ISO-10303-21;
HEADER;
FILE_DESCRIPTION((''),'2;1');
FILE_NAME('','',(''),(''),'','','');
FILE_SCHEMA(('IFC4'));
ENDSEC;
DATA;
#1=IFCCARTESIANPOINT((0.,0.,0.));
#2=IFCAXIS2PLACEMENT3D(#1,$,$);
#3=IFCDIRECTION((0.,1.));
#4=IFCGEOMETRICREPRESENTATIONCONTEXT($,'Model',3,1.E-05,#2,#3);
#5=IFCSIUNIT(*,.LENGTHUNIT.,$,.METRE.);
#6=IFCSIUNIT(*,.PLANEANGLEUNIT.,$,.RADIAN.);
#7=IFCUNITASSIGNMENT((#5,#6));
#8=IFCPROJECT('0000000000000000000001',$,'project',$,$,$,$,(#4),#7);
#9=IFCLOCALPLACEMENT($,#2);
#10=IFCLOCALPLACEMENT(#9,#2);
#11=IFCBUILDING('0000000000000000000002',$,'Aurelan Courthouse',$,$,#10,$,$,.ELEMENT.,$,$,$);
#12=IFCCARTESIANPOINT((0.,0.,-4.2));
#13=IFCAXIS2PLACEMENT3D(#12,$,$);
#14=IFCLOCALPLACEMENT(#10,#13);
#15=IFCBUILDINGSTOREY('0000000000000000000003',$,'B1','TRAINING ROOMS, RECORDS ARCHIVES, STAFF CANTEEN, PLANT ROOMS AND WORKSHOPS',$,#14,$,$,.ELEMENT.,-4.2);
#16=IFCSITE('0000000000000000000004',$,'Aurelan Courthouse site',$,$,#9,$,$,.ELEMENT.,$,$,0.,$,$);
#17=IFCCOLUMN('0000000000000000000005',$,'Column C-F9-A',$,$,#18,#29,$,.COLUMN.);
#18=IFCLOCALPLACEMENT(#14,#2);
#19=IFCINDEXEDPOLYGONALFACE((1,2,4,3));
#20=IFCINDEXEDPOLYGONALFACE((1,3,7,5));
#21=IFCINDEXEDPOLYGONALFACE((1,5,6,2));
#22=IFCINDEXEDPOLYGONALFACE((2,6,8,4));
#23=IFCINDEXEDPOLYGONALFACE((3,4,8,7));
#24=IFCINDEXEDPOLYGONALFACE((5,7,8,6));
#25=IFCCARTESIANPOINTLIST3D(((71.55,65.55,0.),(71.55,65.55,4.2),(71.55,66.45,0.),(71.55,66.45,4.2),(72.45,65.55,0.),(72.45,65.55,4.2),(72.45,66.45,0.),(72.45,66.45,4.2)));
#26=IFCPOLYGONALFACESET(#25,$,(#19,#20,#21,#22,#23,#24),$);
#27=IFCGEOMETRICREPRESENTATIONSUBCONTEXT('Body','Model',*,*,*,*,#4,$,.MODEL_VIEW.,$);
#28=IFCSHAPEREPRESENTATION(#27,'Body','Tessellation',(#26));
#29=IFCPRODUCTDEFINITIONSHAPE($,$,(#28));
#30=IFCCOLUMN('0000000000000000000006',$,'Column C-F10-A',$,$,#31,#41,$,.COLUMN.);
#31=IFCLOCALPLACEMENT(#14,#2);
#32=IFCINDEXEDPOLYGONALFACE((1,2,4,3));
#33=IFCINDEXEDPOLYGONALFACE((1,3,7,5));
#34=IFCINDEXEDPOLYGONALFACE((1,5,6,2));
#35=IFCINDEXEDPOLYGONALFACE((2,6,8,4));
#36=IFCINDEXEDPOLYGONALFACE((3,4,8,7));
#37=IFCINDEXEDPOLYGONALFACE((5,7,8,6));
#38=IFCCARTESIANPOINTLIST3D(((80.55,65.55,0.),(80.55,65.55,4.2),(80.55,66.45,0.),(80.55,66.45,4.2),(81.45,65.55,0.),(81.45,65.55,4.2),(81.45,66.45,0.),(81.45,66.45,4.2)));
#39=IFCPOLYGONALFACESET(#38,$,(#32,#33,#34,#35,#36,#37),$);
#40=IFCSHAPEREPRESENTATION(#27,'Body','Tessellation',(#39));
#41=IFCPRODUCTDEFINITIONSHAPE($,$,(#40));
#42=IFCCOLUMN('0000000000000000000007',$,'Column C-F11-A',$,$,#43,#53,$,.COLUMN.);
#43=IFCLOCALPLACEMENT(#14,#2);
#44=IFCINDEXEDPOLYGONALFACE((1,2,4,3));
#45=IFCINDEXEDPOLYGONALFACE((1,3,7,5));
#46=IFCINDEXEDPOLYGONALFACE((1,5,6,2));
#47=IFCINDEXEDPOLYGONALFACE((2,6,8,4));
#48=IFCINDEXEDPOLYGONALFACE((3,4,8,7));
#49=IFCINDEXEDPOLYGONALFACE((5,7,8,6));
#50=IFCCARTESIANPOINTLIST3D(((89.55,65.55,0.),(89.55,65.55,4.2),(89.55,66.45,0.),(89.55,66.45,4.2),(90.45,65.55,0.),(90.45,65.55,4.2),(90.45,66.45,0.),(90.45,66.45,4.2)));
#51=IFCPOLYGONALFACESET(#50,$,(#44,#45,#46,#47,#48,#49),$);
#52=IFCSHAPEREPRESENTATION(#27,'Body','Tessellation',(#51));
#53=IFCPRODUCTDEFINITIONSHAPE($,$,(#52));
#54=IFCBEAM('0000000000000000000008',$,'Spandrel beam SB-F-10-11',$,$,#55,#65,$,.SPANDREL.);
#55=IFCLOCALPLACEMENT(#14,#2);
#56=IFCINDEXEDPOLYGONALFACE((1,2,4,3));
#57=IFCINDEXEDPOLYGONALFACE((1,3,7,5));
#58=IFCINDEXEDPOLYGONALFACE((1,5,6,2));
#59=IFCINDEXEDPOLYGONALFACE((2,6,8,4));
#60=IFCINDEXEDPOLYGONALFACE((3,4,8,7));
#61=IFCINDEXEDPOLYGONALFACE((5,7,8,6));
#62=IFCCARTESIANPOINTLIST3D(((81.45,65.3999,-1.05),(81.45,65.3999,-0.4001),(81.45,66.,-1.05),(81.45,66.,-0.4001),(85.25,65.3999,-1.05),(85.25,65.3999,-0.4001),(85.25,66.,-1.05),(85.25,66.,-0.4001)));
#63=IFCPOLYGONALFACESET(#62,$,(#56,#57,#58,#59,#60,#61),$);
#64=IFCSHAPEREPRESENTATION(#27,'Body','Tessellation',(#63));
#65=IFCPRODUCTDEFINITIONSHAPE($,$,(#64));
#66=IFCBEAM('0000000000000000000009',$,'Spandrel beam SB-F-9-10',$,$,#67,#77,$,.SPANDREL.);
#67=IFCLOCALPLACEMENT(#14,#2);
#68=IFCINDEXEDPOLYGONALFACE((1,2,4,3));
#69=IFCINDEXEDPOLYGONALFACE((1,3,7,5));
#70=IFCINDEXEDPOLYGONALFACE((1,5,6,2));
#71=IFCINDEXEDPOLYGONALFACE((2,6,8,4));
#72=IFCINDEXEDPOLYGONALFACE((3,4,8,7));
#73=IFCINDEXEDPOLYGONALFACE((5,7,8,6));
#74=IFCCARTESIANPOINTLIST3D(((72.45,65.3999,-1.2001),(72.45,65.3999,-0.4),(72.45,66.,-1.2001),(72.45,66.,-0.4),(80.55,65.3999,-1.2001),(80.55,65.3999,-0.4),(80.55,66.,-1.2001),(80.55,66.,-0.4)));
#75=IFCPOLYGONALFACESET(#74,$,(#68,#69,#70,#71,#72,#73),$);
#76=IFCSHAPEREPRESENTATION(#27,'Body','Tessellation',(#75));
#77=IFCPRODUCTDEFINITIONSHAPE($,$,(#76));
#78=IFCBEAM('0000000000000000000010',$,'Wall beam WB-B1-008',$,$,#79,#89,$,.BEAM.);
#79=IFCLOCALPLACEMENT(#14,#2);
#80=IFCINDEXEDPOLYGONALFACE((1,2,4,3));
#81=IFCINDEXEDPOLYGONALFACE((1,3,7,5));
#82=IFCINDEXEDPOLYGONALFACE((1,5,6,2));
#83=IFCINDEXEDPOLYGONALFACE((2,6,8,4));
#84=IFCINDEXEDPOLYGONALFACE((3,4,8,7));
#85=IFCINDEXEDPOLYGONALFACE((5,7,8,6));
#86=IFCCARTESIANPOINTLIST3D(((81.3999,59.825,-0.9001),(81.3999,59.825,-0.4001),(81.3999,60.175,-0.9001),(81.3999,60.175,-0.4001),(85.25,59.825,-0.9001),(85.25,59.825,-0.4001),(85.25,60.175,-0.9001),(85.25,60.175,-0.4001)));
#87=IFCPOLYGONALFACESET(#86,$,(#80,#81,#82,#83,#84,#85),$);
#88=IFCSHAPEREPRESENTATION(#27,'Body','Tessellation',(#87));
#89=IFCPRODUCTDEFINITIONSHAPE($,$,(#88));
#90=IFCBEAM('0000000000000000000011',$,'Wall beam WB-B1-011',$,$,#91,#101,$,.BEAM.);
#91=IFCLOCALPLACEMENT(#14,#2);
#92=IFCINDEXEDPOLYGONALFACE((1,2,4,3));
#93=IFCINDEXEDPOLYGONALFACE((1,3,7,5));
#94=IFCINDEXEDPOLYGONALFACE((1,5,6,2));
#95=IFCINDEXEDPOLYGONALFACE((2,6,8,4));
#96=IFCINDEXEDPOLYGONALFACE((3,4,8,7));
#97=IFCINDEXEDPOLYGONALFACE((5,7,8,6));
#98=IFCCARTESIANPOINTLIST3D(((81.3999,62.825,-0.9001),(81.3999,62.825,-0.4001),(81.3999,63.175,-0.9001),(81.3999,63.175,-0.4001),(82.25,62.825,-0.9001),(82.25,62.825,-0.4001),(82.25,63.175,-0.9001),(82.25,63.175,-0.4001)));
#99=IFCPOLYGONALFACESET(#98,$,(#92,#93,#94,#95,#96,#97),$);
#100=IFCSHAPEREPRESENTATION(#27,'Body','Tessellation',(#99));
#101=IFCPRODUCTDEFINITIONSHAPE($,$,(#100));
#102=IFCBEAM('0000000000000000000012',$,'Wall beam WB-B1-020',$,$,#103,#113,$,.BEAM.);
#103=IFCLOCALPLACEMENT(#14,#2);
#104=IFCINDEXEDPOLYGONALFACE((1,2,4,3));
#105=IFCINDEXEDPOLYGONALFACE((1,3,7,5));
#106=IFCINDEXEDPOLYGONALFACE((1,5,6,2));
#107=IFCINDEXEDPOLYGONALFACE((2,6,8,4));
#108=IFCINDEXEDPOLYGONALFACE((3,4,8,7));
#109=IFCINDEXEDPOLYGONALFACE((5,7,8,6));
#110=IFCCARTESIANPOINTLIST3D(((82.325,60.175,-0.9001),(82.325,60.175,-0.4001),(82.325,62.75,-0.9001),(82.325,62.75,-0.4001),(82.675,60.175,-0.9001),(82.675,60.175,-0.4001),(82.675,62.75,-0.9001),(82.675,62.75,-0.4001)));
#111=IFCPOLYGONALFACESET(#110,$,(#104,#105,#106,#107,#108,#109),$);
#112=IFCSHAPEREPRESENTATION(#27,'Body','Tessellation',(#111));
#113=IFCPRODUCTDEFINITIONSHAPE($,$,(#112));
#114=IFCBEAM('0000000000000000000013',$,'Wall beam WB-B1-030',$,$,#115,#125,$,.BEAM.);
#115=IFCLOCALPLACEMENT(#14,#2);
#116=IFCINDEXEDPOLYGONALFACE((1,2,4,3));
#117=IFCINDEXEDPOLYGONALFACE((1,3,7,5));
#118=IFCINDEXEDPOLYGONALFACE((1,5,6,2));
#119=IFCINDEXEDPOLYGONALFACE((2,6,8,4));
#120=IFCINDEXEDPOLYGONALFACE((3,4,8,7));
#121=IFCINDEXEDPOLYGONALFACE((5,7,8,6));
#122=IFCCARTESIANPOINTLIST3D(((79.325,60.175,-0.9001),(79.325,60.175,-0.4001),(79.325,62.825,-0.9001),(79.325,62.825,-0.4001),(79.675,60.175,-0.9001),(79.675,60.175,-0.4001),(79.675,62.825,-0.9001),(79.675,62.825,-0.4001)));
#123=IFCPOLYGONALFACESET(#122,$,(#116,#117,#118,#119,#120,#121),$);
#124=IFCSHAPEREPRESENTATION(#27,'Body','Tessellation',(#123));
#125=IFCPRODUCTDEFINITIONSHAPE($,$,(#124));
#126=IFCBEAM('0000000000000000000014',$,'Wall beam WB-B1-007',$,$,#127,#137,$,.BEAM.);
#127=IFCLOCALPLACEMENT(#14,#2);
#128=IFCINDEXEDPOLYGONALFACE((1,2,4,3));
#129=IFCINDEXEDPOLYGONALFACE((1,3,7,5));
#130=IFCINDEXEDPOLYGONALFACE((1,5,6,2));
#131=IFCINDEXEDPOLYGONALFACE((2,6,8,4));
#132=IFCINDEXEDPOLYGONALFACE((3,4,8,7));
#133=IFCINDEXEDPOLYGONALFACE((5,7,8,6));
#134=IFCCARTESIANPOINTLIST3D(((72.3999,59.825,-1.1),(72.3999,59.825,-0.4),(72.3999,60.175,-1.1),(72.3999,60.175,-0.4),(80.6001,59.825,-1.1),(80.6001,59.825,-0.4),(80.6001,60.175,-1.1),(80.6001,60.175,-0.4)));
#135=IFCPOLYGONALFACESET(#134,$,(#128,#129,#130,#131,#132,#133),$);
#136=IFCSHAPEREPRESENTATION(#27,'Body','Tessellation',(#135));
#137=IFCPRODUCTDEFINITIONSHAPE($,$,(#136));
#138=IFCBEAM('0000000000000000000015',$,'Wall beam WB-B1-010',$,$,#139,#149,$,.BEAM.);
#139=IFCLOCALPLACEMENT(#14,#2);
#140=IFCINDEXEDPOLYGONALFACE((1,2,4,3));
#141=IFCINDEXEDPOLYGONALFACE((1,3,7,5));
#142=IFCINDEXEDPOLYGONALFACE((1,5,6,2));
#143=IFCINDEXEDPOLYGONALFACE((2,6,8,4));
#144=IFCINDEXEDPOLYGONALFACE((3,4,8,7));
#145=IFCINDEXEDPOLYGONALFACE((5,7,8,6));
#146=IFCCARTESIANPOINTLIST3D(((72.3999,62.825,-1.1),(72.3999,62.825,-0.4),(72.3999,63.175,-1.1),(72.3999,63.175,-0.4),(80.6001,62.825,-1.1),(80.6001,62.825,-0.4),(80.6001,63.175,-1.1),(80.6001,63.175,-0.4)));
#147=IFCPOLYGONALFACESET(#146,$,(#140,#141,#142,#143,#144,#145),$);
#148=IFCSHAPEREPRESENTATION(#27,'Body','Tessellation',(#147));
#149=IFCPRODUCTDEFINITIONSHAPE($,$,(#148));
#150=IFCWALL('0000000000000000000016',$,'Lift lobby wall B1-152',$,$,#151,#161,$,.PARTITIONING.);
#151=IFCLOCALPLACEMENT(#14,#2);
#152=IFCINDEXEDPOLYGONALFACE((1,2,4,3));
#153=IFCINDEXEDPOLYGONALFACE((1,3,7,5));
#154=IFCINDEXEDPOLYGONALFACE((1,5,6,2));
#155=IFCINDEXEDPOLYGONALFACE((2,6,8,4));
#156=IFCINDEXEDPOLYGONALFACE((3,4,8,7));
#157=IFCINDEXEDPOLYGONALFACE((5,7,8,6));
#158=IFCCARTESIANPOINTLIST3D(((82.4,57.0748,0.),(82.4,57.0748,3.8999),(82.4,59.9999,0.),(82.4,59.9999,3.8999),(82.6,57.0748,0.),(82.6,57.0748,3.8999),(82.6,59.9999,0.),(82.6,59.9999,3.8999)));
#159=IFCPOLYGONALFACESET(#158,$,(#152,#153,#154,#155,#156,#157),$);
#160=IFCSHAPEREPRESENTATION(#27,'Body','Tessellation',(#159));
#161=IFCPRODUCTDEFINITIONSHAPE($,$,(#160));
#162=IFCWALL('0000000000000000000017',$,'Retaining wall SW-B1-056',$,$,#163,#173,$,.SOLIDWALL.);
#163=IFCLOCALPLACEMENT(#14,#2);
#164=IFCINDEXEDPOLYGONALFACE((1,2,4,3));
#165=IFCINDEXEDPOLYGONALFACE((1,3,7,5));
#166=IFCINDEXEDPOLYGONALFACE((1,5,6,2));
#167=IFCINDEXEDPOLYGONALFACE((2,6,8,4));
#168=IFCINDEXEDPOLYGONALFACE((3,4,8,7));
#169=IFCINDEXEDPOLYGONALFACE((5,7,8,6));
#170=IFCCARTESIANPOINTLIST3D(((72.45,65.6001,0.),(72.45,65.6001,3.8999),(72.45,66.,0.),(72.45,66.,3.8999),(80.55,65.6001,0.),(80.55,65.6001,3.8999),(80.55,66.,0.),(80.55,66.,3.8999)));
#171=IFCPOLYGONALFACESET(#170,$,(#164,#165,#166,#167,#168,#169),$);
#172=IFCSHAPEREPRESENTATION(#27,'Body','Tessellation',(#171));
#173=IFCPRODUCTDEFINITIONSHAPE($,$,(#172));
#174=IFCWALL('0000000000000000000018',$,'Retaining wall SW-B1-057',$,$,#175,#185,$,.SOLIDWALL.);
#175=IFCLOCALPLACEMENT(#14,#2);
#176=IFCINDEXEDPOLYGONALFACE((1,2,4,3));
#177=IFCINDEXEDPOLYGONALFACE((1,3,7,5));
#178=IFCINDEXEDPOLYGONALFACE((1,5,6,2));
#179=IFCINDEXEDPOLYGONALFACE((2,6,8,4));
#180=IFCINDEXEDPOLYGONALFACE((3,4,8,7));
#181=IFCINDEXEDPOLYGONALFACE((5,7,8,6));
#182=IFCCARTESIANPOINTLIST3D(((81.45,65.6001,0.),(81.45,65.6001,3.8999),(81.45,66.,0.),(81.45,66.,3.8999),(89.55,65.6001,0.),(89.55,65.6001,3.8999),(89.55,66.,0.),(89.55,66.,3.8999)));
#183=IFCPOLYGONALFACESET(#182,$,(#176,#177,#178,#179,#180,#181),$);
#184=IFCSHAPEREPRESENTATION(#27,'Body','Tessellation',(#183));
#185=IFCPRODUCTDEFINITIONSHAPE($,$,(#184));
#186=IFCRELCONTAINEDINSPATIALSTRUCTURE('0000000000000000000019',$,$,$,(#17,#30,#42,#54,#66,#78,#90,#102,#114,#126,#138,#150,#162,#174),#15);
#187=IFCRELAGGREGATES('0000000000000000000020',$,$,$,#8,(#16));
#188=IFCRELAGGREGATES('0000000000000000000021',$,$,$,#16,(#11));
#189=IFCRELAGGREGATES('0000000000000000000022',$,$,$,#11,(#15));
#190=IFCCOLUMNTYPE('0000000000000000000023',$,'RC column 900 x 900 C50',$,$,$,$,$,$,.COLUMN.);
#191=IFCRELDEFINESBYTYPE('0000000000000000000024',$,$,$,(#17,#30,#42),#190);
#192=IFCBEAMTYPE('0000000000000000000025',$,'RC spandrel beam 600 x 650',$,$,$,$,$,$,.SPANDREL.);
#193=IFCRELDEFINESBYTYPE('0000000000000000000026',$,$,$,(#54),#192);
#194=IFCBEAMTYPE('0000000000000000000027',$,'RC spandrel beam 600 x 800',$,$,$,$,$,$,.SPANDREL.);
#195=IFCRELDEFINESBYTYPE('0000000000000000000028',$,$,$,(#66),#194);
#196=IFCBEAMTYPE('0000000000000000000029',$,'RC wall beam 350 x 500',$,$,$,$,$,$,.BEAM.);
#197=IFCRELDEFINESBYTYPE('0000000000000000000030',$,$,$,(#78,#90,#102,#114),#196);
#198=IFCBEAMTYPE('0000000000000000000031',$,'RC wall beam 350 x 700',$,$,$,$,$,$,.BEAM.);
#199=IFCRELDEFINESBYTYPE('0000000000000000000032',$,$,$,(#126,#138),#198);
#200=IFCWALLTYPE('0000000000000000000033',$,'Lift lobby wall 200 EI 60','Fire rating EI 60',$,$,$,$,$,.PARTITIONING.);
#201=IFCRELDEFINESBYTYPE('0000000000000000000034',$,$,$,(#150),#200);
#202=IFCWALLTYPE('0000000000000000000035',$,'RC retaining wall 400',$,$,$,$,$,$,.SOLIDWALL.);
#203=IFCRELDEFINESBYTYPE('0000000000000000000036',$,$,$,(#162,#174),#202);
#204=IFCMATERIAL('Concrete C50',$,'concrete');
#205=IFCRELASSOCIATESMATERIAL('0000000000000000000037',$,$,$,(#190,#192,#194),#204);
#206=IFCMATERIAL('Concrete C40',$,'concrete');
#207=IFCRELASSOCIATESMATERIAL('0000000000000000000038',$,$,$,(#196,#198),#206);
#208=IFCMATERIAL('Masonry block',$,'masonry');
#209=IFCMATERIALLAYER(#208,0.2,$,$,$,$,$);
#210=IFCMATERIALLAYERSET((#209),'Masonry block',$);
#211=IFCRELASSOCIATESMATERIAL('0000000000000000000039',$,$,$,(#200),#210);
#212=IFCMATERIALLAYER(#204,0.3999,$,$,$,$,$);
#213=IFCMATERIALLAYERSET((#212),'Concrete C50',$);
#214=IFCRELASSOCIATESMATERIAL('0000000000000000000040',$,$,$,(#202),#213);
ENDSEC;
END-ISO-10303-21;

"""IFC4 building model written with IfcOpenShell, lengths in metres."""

from ifc_helpers import new_model, si_unit, direction, frame, frame_2d, origin, origin_2d, place, context, subcontext, project, spatial, rectangle, extrude, material, layer, layer_set, material_profile, profile_set, type_object, element, save


model = new_model("IFC4")

# Units and contexts
model_context = context("Model", 3, precision=1e-05, world=origin(), true_north=direction((0.0, 1.0)))
body_context = subcontext(model_context, "Body", "Model", "MODEL_VIEW")
ifc_project = project(units=[si_unit("LENGTHUNIT", "METRE"), si_unit("PLANEANGLEUNIT", "RADIAN")], contexts=[model_context])

# Site, building, storey
site_placement = place(None, origin())
site = spatial("IfcSite", under=ifc_project, at=site_placement, Name="Aurelan Courthouse site", CompositionType="ELEMENT", RefElevation=0.0)
building_placement = place(site_placement, origin())
building = spatial("IfcBuilding", under=site, at=building_placement, Name="Aurelan Courthouse", CompositionType="ELEMENT")
storey_placement = place(building_placement, frame((0.0, 0.0, -4.2)))
storey = spatial("IfcBuildingStorey", under=building, at=storey_placement, Name="B1", Description="TRAINING ROOMS, RECORDS ARCHIVES, STAFF CANTEEN, PLANT ROOMS AND WORKSHOPS", CompositionType="ELEMENT", Elevation=-4.2)

# Columns
ifc_material_1 = material(Name="Concrete C50", Category="concrete")
ifc_material_profile_1 = material_profile(ifc_material_1, rectangle(XDim=0.8999, YDim=0.8999, at=origin_2d()), Name="RC 900 x 900")
ifc_profile_set_1 = profile_set([ifc_material_profile_1], Name="Concrete C50")
column_type = type_object("IfcColumnType", Name="RC column 900 x 900 C50", PredefinedType="COLUMN", material=ifc_profile_set_1)
for number, where, z_axis, x_axis, name in (
    (1, (72.0, 66.0, 0.0), (0.0, 0.0, 1.0), (1.0, 0.0, 0.0), "Column C-F9-A"),
    (2, (81.0, 66.0, 0.0), (0.0, 0.0, 1.0), (1.0, 0.0, 0.0), "Column C-F10-A"),
    (3, (90.0, 66.0, 0.0), (0.0, 0.0, 1.0), (1.0, 0.0, 0.0), "Column C-F11-A"),
):
    element("IfcColumn", number, at=place(storey_placement, frame(where, z_axis=z_axis, x_axis=x_axis)), inside=storey, type_object=column_type, Name=name, PredefinedType="COLUMN", context=body_context, shape_type="SweptSolid", body=[
        extrude(rectangle(XDim=0.8999, YDim=0.8999, at=origin_2d()), origin(), (0.0, 0.0, 1.0), 4.2),
    ])

# Beams
ifc_material_profile_2 = material_profile(ifc_material_1, rectangle(XDim=0.6001, YDim=0.6499, at=origin_2d()), Name="RC 600 x 650")
ifc_profile_set_2 = profile_set([ifc_material_profile_2], Name="Concrete C50")
beam_type_1 = type_object("IfcBeamType", Name="RC spandrel beam 600 x 650", PredefinedType="SPANDREL", material=ifc_profile_set_2)
beam_1_placement = place(storey_placement, frame((81.45, 65.7, -0.7251), z_axis=(1.0, 0.0, 0.0), x_axis=(0.0, 1.0, 0.0)))
element("IfcBeam", 4, at=beam_1_placement, inside=storey, type_object=beam_type_1, Name="Spandrel beam SB-F-10-11", PredefinedType="SPANDREL", context=body_context, shape_type="SweptSolid", body=[
    extrude(rectangle(XDim=0.6001, YDim=0.6499, at=origin_2d()), origin(), (0.0, 0.0, 1.0), 3.8),
])
ifc_material_profile_3 = material_profile(ifc_material_1, rectangle(XDim=0.6001, YDim=0.8, at=origin_2d()), Name="RC 600 x 800")
ifc_profile_set_3 = profile_set([ifc_material_profile_3], Name="Concrete C50")
beam_type_2 = type_object("IfcBeamType", Name="RC spandrel beam 600 x 800", PredefinedType="SPANDREL", material=ifc_profile_set_3)
beam_2_placement = place(storey_placement, frame((72.45, 65.7, -0.8), z_axis=(1.0, 0.0, 0.0), x_axis=(0.0, 1.0, 0.0)))
element("IfcBeam", 5, at=beam_2_placement, inside=storey, type_object=beam_type_2, Name="Spandrel beam SB-F-9-10", PredefinedType="SPANDREL", context=body_context, shape_type="SweptSolid", body=[
    extrude(rectangle(XDim=0.6001, YDim=0.8, at=origin_2d()), origin(), (0.0, 0.0, 1.0), 8.1001),
])
ifc_material_2 = material(Name="Concrete C40", Category="concrete")
ifc_material_profile_4 = material_profile(ifc_material_2, rectangle(XDim=0.3501, YDim=0.5, at=origin_2d()), Name="RC 350 x 500")
ifc_profile_set_4 = profile_set([ifc_material_profile_4], Name="Concrete C40")
beam_type_3 = type_object("IfcBeamType", Name="RC wall beam 350 x 500", PredefinedType="BEAM", material=ifc_profile_set_4)
beam_3_placement = place(storey_placement, frame((81.3999, 60.0, -0.6501), z_axis=(1.0, 0.0, 0.0), x_axis=(0.0, 1.0, 0.0)))
element("IfcBeam", 6, at=beam_3_placement, inside=storey, type_object=beam_type_3, Name="Wall beam WB-B1-008", PredefinedType="BEAM", context=body_context, shape_type="SweptSolid", body=[
    extrude(rectangle(XDim=0.3501, YDim=0.5, at=origin_2d()), origin(), (0.0, 0.0, 1.0), 3.8501),
])
beam_4_placement = place(storey_placement, frame((81.3999, 63.0, -0.6501), z_axis=(1.0, 0.0, 0.0), x_axis=(0.0, 1.0, 0.0)))
element("IfcBeam", 7, at=beam_4_placement, inside=storey, type_object=beam_type_3, Name="Wall beam WB-B1-011", PredefinedType="BEAM", context=body_context, shape_type="SweptSolid", body=[
    extrude(rectangle(XDim=0.3501, YDim=0.5, at=origin_2d()), origin(), (0.0, 0.0, 1.0), 0.8501),
])
beam_5_placement = place(storey_placement, frame((82.5, 60.175, -0.6501), z_axis=(0.0, 1.0, 0.0), x_axis=(-1.0, 0.0, 0.0)))
element("IfcBeam", 8, at=beam_5_placement, inside=storey, type_object=beam_type_3, Name="Wall beam WB-B1-020", PredefinedType="BEAM", context=body_context, shape_type="SweptSolid", body=[
    extrude(rectangle(XDim=0.3501, YDim=0.5, at=origin_2d()), origin(), (0.0, 0.0, 1.0), 2.575),
])
beam_6_placement = place(storey_placement, frame((79.5, 60.175, -0.6501), z_axis=(0.0, 1.0, 0.0), x_axis=(-1.0, 0.0, 0.0)))
element("IfcBeam", 9, at=beam_6_placement, inside=storey, type_object=beam_type_3, Name="Wall beam WB-B1-030", PredefinedType="BEAM", context=body_context, shape_type="SweptSolid", body=[
    extrude(rectangle(XDim=0.3501, YDim=0.5, at=origin_2d()), origin(), (0.0, 0.0, 1.0), 2.6499),
])
ifc_material_profile_5 = material_profile(ifc_material_2, rectangle(XDim=0.3501, YDim=0.7, at=origin_2d()), Name="RC 350 x 700")
ifc_profile_set_5 = profile_set([ifc_material_profile_5], Name="Concrete C40")
beam_type_4 = type_object("IfcBeamType", Name="RC wall beam 350 x 700", PredefinedType="BEAM", material=ifc_profile_set_5)
for number, where, z_axis, x_axis, name in (
    (10, (72.3999, 60.0, -0.75), (1.0, 0.0, 0.0), (0.0, 1.0, 0.0), "Wall beam WB-B1-007"),
    (11, (72.3999, 63.0, -0.75), (1.0, 0.0, 0.0), (0.0, 1.0, 0.0), "Wall beam WB-B1-010"),
):
    element("IfcBeam", number, at=place(storey_placement, frame(where, z_axis=z_axis, x_axis=x_axis)), inside=storey, type_object=beam_type_4, Name=name, PredefinedType="BEAM", context=body_context, shape_type="SweptSolid", body=[
        extrude(rectangle(XDim=0.3501, YDim=0.7, at=origin_2d()), origin(), (0.0, 0.0, 1.0), 8.2002),
    ])

# Walls
ifc_material_3 = material(Name="Masonry block", Category="masonry")
ifc_layer_1 = layer(ifc_material_3, 0.2)
ifc_layer_set_1 = layer_set([ifc_layer_1], Name="Masonry block")
wall_type_1 = type_object("IfcWallType", Name="Lift lobby wall 200 EI 60", Description="Fire rating EI 60", PredefinedType="PARTITIONING", material=ifc_layer_set_1)
wall_1_placement = place(storey_placement, frame((82.5, 57.075, 0.0), z_axis=(0.0, 0.0, 1.0), x_axis=(0.0, 1.0, 0.0)))
element("IfcWall", 12, at=wall_1_placement, inside=storey, type_object=wall_type_1, Name="Lift lobby wall B1-152", PredefinedType="PARTITIONING", context=body_context, shape_type="SweptSolid", body=[
    extrude(rectangle(XDim=2.925, YDim=0.2, at=frame_2d((1.4624, 0.0))), origin(), (0.0, 0.0, 1.0), 3.8999),
])
ifc_layer_2 = layer(ifc_material_1, 0.3999)
ifc_layer_set_2 = layer_set([ifc_layer_2], Name="Concrete C50")
wall_type_2 = type_object("IfcWallType", Name="RC retaining wall 400", PredefinedType="SOLIDWALL", material=ifc_layer_set_2)
for number, where, z_axis, x_axis, name in (
    (13, (72.45, 65.8, 0.0), (0.0, 0.0, 1.0), (1.0, 0.0, 0.0), "Retaining wall SW-B1-056"),
    (14, (81.45, 65.8, 0.0), (0.0, 0.0, 1.0), (1.0, 0.0, 0.0), "Retaining wall SW-B1-057"),
):
    element("IfcWall", number, at=place(storey_placement, frame(where, z_axis=z_axis, x_axis=x_axis)), inside=storey, type_object=wall_type_2, Name=name, PredefinedType="SOLIDWALL", context=body_context, shape_type="SweptSolid", body=[
        extrude(rectangle(XDim=8.1001, YDim=0.3999, at=frame_2d((4.05, 0.0))), origin(), (0.0, 0.0, 1.0), 3.8999),
    ])

save(model, "model.ifc")
